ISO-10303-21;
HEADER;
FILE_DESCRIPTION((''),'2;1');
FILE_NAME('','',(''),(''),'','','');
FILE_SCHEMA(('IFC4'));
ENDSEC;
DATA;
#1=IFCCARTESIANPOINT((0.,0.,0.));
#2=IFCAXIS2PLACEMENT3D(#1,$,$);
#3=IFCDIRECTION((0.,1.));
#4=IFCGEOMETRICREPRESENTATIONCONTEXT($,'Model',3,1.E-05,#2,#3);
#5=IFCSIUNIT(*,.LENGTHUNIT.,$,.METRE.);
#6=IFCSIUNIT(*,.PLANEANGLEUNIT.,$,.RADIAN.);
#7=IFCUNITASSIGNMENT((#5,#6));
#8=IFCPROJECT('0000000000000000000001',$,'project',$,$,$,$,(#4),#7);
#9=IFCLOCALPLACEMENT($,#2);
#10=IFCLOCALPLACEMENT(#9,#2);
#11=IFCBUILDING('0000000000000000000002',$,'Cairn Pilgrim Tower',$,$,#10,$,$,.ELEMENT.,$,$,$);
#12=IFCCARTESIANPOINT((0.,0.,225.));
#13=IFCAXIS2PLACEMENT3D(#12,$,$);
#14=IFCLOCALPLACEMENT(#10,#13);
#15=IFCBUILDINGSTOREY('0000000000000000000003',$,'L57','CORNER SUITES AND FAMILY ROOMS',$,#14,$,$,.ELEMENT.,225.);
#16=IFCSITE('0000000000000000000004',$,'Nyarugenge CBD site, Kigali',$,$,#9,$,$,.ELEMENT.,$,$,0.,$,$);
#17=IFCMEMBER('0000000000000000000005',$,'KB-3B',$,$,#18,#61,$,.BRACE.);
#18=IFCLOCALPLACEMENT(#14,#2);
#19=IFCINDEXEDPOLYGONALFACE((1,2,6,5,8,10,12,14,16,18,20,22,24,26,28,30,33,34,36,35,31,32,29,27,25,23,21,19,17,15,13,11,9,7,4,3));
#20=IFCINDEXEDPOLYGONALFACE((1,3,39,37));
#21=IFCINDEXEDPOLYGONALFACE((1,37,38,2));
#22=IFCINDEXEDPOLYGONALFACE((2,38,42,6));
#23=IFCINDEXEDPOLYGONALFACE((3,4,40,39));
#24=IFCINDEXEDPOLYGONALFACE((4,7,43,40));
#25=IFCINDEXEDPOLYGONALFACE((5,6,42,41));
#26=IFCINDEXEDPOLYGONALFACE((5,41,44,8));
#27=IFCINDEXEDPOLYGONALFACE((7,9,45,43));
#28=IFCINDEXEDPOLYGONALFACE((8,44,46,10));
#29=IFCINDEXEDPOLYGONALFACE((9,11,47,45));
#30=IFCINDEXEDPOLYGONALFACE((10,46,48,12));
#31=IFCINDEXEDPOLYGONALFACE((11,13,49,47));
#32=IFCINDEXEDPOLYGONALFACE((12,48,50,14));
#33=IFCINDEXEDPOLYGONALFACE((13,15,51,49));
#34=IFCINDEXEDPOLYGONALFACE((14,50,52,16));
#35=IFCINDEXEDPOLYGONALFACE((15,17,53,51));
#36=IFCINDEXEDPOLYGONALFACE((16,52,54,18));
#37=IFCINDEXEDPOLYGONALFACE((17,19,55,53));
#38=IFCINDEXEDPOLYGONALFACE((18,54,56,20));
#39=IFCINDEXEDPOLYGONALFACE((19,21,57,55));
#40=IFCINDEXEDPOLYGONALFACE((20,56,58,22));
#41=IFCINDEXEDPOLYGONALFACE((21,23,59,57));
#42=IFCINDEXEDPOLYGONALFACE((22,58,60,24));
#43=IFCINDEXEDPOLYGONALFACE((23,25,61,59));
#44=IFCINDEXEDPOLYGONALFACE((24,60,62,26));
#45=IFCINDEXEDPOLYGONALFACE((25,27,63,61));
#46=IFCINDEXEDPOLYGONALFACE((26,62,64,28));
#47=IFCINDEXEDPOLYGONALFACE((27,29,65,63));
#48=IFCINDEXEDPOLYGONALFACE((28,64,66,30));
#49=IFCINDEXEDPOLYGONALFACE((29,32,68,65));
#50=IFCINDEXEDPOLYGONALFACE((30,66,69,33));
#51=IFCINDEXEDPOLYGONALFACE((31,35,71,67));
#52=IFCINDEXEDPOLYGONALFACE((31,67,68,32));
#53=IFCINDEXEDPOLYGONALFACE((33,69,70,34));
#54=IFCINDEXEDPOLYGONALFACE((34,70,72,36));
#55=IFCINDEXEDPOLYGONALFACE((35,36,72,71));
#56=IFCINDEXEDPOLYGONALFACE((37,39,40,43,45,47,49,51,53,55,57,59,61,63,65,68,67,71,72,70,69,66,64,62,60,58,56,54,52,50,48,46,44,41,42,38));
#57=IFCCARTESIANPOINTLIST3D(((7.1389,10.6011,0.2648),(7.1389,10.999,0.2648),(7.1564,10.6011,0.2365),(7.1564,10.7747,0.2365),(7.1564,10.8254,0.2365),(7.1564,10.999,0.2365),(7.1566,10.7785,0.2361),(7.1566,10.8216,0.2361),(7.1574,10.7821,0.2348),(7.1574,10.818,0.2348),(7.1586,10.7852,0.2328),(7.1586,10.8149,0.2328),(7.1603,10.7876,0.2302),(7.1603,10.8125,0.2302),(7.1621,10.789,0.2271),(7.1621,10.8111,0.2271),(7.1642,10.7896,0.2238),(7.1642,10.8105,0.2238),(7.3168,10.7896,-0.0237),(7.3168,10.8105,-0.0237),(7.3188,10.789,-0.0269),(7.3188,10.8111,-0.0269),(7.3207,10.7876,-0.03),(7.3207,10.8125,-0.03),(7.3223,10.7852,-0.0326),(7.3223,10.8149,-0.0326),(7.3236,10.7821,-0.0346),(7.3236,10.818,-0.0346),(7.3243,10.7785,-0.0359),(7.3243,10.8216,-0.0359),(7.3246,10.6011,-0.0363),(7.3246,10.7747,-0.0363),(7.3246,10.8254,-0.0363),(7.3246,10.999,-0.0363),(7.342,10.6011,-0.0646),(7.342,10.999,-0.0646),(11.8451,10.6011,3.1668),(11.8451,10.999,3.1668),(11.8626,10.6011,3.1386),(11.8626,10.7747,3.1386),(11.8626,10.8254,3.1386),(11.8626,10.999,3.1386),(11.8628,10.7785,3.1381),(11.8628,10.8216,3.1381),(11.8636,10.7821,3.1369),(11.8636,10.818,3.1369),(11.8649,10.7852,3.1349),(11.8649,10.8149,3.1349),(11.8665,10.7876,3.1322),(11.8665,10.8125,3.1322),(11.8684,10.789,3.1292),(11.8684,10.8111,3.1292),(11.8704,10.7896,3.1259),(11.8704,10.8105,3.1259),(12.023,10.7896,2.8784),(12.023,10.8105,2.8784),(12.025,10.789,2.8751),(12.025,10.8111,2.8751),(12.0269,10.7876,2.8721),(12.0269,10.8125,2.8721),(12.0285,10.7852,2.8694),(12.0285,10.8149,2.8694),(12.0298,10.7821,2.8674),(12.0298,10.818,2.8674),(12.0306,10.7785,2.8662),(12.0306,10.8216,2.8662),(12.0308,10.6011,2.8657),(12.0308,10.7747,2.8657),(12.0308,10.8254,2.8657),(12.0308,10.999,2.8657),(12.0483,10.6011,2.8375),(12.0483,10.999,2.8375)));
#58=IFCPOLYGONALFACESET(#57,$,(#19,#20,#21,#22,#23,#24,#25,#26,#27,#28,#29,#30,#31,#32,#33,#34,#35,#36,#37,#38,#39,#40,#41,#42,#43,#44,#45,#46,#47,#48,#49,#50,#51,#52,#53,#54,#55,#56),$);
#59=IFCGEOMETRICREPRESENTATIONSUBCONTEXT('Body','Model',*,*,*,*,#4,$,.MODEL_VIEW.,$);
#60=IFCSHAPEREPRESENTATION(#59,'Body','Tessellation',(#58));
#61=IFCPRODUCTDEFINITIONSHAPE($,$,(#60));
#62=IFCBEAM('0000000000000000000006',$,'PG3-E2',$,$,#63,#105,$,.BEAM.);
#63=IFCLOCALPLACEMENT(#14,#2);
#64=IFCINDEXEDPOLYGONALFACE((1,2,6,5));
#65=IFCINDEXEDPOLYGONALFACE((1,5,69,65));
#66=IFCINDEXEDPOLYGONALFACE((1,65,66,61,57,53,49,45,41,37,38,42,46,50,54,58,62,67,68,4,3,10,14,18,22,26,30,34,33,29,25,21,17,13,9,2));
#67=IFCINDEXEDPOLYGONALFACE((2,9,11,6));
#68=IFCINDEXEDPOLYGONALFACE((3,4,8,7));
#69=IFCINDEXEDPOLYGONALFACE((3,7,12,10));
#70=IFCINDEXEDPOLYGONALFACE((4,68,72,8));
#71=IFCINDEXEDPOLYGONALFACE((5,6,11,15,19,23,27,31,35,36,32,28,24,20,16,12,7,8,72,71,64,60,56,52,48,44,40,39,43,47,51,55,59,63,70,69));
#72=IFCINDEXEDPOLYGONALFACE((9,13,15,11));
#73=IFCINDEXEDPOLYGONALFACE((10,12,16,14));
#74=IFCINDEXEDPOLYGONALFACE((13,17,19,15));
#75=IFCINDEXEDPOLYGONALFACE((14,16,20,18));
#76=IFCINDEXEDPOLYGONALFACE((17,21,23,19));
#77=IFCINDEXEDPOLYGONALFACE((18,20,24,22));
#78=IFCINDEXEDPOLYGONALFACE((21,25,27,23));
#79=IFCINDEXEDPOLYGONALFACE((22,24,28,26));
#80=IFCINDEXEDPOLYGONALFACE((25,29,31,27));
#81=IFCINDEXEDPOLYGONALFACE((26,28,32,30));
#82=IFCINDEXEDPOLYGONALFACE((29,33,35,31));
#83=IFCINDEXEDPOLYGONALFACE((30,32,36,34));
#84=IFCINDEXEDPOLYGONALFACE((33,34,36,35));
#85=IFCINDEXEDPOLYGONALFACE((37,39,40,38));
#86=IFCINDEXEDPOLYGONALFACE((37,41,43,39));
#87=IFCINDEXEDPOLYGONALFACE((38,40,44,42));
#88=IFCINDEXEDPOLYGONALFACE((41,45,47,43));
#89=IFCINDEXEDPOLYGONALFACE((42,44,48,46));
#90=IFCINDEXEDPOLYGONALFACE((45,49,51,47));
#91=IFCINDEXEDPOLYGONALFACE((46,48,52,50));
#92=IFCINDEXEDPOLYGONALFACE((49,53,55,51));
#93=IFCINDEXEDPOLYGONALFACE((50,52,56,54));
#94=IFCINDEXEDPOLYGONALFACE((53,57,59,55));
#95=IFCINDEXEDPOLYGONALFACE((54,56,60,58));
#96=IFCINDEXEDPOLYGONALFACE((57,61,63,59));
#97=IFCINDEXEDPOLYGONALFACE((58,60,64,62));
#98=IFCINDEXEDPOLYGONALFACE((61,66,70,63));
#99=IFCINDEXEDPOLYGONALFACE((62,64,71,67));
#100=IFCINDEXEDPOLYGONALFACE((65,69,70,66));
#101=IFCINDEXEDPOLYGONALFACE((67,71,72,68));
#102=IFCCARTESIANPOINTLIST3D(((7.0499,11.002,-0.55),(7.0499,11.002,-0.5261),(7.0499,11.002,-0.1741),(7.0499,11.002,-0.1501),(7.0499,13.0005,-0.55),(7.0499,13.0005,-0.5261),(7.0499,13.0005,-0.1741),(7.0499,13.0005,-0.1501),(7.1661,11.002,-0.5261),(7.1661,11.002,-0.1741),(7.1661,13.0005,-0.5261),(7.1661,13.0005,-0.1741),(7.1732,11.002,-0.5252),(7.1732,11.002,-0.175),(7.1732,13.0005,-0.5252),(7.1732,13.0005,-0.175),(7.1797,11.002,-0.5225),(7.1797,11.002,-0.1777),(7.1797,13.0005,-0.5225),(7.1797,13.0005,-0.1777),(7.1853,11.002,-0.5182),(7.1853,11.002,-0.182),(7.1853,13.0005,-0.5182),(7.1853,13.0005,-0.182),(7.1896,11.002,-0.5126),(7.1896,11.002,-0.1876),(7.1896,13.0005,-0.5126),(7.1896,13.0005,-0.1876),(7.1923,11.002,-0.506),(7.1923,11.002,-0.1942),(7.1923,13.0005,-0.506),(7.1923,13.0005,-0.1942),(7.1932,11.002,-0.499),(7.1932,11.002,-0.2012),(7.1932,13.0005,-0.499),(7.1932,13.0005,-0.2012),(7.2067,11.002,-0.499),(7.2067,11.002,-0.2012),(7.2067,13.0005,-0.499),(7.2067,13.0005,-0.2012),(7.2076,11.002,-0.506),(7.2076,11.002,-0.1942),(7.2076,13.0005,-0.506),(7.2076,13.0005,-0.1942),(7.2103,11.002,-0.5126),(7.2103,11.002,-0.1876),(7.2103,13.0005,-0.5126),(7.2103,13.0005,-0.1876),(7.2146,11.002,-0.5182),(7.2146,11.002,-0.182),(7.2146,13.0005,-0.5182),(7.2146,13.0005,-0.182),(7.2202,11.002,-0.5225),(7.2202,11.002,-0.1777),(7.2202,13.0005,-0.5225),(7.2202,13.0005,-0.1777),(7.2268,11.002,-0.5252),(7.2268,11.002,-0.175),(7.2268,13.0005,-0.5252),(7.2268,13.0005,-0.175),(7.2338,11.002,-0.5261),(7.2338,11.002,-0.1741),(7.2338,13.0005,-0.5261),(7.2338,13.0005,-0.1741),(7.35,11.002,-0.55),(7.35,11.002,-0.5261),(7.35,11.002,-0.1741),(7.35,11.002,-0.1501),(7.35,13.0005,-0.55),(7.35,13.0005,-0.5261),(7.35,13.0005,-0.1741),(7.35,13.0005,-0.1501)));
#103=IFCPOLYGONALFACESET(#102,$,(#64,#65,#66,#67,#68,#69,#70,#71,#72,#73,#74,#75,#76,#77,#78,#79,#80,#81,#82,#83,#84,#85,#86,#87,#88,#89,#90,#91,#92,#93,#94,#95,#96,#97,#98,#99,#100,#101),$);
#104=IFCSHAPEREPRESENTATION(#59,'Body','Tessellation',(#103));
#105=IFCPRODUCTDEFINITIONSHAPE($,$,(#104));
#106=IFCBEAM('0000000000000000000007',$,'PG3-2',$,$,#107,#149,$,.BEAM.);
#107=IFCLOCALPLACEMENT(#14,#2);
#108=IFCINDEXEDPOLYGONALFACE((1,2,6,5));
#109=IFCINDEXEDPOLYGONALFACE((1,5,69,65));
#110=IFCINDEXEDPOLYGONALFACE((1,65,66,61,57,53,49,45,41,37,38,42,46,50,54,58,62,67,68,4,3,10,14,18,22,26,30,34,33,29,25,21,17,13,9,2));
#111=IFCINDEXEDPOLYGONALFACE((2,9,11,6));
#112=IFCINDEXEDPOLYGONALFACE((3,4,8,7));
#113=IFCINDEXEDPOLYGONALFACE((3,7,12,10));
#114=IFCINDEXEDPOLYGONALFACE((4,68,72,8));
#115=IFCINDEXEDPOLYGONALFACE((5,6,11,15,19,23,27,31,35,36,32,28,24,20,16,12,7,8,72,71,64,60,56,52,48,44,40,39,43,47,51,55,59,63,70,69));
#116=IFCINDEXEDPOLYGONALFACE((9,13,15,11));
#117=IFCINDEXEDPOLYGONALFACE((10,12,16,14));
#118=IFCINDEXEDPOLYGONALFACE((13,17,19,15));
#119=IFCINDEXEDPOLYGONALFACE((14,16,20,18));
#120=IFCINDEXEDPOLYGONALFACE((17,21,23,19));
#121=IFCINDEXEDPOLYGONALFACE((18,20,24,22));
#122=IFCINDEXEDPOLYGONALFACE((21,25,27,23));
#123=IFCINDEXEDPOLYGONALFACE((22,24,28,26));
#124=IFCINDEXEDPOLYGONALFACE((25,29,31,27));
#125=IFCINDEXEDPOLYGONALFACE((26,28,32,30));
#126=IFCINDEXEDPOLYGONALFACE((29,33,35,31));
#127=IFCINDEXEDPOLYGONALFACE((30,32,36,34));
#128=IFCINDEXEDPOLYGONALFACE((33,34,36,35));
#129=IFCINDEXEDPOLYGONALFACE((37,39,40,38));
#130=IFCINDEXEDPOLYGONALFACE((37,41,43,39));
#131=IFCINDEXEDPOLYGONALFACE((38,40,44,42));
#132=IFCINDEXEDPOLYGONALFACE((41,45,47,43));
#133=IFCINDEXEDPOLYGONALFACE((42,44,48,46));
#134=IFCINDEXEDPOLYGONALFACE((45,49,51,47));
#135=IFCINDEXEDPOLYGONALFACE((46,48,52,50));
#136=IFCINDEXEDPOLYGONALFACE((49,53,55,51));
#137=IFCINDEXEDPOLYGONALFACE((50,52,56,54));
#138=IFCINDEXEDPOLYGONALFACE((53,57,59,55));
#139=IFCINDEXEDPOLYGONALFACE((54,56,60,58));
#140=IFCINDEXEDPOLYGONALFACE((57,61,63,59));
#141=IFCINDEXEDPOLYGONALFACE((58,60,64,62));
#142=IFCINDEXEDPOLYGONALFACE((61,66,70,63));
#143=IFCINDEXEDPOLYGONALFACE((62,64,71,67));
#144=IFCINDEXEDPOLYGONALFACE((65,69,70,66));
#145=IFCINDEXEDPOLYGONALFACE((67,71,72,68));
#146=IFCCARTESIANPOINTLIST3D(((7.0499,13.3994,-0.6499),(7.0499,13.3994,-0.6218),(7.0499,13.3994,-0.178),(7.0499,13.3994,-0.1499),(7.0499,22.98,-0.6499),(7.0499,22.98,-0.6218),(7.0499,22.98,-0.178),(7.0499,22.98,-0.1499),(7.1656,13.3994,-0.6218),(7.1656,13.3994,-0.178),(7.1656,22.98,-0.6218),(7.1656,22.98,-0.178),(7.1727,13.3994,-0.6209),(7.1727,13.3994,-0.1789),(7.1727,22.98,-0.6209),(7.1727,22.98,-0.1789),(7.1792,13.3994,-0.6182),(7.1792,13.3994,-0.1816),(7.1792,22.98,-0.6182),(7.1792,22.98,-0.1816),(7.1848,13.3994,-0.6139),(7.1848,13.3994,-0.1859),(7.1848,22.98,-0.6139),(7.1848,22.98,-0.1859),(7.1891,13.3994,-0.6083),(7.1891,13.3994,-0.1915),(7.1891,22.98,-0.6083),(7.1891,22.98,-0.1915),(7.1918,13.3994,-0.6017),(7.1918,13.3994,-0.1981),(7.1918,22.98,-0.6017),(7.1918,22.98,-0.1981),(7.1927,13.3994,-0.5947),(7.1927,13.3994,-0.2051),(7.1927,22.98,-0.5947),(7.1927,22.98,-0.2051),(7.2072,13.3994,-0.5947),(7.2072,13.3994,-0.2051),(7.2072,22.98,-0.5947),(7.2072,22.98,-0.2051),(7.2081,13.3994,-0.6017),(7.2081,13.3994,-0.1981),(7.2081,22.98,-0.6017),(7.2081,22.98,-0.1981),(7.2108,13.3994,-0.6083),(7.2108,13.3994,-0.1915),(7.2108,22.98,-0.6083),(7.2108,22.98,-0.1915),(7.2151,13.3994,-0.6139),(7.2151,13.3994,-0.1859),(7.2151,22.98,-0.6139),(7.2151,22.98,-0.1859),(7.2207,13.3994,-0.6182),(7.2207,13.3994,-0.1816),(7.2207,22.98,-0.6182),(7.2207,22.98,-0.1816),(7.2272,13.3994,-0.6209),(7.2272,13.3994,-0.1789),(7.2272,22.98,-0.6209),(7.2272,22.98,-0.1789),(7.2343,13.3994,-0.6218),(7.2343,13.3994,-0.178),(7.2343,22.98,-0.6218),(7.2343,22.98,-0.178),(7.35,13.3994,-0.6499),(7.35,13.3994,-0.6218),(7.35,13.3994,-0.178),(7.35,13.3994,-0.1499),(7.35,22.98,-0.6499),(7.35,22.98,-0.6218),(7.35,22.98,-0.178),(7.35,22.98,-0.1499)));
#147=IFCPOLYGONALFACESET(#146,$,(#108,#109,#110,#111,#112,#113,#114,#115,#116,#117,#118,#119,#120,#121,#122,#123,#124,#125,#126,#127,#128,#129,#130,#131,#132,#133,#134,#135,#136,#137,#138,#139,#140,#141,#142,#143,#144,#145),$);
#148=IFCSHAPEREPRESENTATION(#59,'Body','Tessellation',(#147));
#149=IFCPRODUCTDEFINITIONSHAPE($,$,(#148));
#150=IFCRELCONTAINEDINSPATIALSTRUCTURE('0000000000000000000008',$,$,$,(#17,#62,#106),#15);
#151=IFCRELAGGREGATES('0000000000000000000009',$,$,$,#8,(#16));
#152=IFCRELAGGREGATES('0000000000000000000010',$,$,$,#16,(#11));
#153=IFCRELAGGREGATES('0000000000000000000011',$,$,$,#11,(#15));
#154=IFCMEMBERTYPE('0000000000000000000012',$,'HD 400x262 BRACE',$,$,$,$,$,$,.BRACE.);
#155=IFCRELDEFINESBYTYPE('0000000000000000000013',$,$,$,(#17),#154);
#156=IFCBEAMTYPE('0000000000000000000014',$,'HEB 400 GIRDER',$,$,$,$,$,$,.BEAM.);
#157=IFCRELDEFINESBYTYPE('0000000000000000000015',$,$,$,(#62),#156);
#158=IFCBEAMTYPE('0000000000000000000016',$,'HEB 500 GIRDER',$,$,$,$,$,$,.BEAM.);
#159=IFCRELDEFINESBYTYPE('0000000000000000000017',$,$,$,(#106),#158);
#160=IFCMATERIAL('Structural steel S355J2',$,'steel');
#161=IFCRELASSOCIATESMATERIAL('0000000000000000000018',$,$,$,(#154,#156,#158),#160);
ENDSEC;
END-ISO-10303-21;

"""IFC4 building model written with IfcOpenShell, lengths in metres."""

from ifc_helpers import new_model, si_unit, direction, frame, origin, origin_2d, place, context, subcontext, project, spatial, i_section, extrude, material, material_profile, profile_set, type_object, element, save


model = new_model("IFC4")

# Units and contexts
model_context = context("Model", 3, precision=1e-05, world=origin(), true_north=direction((0.0, 1.0)))
body_context = subcontext(model_context, "Body", "Model", "MODEL_VIEW")
ifc_project = project(units=[si_unit("LENGTHUNIT", "METRE"), si_unit("PLANEANGLEUNIT", "RADIAN")], contexts=[model_context])

# Site, building, storey
site_placement = place(None, origin())
site = spatial("IfcSite", under=ifc_project, at=site_placement, Name="Nyarugenge CBD site, Kigali", CompositionType="ELEMENT", RefElevation=0.0)
building_placement = place(site_placement, origin())
building = spatial("IfcBuilding", under=site, at=building_placement, Name="Cairn Pilgrim Tower", CompositionType="ELEMENT")
storey_placement = place(building_placement, frame((0.0, 0.0, 225.0)))
storey = spatial("IfcBuildingStorey", under=building, at=storey_placement, Name="L57", Description="CORNER SUITES AND FAMILY ROOMS", CompositionType="ELEMENT", Elevation=225.0)

# Shared definitions
ifc_material_1 = material(Name="Structural steel S355J2", Category="steel")

# Member
ifc_material_profile_1 = material_profile(ifc_material_1, i_section(OverallWidth=0.3979, OverallDepth=0.387, WebThickness=0.021, FlangeThickness=0.0332, FilletRadius=0.0149, at=origin_2d()), Name="HD 400x262")
ifc_profile_set_1 = profile_set([ifc_material_profile_1], Name="Structural steel S355J2")
member_type_1 = type_object("IfcMemberType", Name="HD 400x262 BRACE", PredefinedType="BRACE", material=ifc_profile_set_1)
member_1_placement = place(storey_placement, frame((7.2405, 10.8, 0.1001), z_axis=(0.85118, 0.0, 0.524873), x_axis=(0.0, 1.0, 0.0)))
element("IfcMember", 1, at=member_1_placement, inside=storey, type_object=member_type_1, Name="KB-3B", PredefinedType="BRACE", context=body_context, shape_type="SweptSolid", body=[
    extrude(i_section(OverallWidth=0.3979, OverallDepth=0.387, WebThickness=0.021, FlangeThickness=0.0332, FilletRadius=0.0149, at=origin_2d()), origin(), (0.0, 0.0, 1.0), 5.5291),
])

# Beams
ifc_material_profile_2 = material_profile(ifc_material_1, i_section(OverallWidth=0.3, OverallDepth=0.3999, WebThickness=0.0134, FlangeThickness=0.0239, FilletRadius=0.0271, at=origin_2d()), Name="HEB 400")
ifc_profile_set_2 = profile_set([ifc_material_profile_2], Name="Structural steel S355J2")
beam_type_1 = type_object("IfcBeamType", Name="HEB 400 GIRDER", PredefinedType="BEAM", material=ifc_profile_set_2)
beam_1_placement = place(storey_placement, frame((7.2, 11.002, -0.3501), z_axis=(0.0, 1.0, 0.0), x_axis=(-1.0, 0.0, 0.0)))
element("IfcBeam", 2, at=beam_1_placement, inside=storey, type_object=beam_type_1, Name="PG3-E2", PredefinedType="BEAM", context=body_context, shape_type="SweptSolid", body=[
    extrude(i_section(OverallWidth=0.3, OverallDepth=0.3999, WebThickness=0.0134, FlangeThickness=0.0239, FilletRadius=0.0271, at=origin_2d()), origin(), (0.0, 0.0, 1.0), 1.9985),
])
ifc_material_profile_3 = material_profile(ifc_material_1, i_section(OverallWidth=0.3, OverallDepth=0.5, WebThickness=0.0144, FlangeThickness=0.0281, FilletRadius=0.0271, at=origin_2d()), Name="HEB 500")
ifc_profile_set_3 = profile_set([ifc_material_profile_3], Name="Structural steel S355J2")
beam_type_2 = type_object("IfcBeamType", Name="HEB 500 GIRDER", PredefinedType="BEAM", material=ifc_profile_set_3)
beam_2_placement = place(storey_placement, frame((7.2, 13.3994, -0.3999), z_axis=(0.0, 1.0, 0.0), x_axis=(-1.0, 0.0, 0.0)))
element("IfcBeam", 3, at=beam_2_placement, inside=storey, type_object=beam_type_2, Name="PG3-2", PredefinedType="BEAM", context=body_context, shape_type="SweptSolid", body=[
    extrude(i_section(OverallWidth=0.3, OverallDepth=0.5, WebThickness=0.0144, FlangeThickness=0.0281, FilletRadius=0.0271, at=origin_2d()), origin(), (0.0, 0.0, 1.0), 9.5806),
])

save(model, "model.ifc")
